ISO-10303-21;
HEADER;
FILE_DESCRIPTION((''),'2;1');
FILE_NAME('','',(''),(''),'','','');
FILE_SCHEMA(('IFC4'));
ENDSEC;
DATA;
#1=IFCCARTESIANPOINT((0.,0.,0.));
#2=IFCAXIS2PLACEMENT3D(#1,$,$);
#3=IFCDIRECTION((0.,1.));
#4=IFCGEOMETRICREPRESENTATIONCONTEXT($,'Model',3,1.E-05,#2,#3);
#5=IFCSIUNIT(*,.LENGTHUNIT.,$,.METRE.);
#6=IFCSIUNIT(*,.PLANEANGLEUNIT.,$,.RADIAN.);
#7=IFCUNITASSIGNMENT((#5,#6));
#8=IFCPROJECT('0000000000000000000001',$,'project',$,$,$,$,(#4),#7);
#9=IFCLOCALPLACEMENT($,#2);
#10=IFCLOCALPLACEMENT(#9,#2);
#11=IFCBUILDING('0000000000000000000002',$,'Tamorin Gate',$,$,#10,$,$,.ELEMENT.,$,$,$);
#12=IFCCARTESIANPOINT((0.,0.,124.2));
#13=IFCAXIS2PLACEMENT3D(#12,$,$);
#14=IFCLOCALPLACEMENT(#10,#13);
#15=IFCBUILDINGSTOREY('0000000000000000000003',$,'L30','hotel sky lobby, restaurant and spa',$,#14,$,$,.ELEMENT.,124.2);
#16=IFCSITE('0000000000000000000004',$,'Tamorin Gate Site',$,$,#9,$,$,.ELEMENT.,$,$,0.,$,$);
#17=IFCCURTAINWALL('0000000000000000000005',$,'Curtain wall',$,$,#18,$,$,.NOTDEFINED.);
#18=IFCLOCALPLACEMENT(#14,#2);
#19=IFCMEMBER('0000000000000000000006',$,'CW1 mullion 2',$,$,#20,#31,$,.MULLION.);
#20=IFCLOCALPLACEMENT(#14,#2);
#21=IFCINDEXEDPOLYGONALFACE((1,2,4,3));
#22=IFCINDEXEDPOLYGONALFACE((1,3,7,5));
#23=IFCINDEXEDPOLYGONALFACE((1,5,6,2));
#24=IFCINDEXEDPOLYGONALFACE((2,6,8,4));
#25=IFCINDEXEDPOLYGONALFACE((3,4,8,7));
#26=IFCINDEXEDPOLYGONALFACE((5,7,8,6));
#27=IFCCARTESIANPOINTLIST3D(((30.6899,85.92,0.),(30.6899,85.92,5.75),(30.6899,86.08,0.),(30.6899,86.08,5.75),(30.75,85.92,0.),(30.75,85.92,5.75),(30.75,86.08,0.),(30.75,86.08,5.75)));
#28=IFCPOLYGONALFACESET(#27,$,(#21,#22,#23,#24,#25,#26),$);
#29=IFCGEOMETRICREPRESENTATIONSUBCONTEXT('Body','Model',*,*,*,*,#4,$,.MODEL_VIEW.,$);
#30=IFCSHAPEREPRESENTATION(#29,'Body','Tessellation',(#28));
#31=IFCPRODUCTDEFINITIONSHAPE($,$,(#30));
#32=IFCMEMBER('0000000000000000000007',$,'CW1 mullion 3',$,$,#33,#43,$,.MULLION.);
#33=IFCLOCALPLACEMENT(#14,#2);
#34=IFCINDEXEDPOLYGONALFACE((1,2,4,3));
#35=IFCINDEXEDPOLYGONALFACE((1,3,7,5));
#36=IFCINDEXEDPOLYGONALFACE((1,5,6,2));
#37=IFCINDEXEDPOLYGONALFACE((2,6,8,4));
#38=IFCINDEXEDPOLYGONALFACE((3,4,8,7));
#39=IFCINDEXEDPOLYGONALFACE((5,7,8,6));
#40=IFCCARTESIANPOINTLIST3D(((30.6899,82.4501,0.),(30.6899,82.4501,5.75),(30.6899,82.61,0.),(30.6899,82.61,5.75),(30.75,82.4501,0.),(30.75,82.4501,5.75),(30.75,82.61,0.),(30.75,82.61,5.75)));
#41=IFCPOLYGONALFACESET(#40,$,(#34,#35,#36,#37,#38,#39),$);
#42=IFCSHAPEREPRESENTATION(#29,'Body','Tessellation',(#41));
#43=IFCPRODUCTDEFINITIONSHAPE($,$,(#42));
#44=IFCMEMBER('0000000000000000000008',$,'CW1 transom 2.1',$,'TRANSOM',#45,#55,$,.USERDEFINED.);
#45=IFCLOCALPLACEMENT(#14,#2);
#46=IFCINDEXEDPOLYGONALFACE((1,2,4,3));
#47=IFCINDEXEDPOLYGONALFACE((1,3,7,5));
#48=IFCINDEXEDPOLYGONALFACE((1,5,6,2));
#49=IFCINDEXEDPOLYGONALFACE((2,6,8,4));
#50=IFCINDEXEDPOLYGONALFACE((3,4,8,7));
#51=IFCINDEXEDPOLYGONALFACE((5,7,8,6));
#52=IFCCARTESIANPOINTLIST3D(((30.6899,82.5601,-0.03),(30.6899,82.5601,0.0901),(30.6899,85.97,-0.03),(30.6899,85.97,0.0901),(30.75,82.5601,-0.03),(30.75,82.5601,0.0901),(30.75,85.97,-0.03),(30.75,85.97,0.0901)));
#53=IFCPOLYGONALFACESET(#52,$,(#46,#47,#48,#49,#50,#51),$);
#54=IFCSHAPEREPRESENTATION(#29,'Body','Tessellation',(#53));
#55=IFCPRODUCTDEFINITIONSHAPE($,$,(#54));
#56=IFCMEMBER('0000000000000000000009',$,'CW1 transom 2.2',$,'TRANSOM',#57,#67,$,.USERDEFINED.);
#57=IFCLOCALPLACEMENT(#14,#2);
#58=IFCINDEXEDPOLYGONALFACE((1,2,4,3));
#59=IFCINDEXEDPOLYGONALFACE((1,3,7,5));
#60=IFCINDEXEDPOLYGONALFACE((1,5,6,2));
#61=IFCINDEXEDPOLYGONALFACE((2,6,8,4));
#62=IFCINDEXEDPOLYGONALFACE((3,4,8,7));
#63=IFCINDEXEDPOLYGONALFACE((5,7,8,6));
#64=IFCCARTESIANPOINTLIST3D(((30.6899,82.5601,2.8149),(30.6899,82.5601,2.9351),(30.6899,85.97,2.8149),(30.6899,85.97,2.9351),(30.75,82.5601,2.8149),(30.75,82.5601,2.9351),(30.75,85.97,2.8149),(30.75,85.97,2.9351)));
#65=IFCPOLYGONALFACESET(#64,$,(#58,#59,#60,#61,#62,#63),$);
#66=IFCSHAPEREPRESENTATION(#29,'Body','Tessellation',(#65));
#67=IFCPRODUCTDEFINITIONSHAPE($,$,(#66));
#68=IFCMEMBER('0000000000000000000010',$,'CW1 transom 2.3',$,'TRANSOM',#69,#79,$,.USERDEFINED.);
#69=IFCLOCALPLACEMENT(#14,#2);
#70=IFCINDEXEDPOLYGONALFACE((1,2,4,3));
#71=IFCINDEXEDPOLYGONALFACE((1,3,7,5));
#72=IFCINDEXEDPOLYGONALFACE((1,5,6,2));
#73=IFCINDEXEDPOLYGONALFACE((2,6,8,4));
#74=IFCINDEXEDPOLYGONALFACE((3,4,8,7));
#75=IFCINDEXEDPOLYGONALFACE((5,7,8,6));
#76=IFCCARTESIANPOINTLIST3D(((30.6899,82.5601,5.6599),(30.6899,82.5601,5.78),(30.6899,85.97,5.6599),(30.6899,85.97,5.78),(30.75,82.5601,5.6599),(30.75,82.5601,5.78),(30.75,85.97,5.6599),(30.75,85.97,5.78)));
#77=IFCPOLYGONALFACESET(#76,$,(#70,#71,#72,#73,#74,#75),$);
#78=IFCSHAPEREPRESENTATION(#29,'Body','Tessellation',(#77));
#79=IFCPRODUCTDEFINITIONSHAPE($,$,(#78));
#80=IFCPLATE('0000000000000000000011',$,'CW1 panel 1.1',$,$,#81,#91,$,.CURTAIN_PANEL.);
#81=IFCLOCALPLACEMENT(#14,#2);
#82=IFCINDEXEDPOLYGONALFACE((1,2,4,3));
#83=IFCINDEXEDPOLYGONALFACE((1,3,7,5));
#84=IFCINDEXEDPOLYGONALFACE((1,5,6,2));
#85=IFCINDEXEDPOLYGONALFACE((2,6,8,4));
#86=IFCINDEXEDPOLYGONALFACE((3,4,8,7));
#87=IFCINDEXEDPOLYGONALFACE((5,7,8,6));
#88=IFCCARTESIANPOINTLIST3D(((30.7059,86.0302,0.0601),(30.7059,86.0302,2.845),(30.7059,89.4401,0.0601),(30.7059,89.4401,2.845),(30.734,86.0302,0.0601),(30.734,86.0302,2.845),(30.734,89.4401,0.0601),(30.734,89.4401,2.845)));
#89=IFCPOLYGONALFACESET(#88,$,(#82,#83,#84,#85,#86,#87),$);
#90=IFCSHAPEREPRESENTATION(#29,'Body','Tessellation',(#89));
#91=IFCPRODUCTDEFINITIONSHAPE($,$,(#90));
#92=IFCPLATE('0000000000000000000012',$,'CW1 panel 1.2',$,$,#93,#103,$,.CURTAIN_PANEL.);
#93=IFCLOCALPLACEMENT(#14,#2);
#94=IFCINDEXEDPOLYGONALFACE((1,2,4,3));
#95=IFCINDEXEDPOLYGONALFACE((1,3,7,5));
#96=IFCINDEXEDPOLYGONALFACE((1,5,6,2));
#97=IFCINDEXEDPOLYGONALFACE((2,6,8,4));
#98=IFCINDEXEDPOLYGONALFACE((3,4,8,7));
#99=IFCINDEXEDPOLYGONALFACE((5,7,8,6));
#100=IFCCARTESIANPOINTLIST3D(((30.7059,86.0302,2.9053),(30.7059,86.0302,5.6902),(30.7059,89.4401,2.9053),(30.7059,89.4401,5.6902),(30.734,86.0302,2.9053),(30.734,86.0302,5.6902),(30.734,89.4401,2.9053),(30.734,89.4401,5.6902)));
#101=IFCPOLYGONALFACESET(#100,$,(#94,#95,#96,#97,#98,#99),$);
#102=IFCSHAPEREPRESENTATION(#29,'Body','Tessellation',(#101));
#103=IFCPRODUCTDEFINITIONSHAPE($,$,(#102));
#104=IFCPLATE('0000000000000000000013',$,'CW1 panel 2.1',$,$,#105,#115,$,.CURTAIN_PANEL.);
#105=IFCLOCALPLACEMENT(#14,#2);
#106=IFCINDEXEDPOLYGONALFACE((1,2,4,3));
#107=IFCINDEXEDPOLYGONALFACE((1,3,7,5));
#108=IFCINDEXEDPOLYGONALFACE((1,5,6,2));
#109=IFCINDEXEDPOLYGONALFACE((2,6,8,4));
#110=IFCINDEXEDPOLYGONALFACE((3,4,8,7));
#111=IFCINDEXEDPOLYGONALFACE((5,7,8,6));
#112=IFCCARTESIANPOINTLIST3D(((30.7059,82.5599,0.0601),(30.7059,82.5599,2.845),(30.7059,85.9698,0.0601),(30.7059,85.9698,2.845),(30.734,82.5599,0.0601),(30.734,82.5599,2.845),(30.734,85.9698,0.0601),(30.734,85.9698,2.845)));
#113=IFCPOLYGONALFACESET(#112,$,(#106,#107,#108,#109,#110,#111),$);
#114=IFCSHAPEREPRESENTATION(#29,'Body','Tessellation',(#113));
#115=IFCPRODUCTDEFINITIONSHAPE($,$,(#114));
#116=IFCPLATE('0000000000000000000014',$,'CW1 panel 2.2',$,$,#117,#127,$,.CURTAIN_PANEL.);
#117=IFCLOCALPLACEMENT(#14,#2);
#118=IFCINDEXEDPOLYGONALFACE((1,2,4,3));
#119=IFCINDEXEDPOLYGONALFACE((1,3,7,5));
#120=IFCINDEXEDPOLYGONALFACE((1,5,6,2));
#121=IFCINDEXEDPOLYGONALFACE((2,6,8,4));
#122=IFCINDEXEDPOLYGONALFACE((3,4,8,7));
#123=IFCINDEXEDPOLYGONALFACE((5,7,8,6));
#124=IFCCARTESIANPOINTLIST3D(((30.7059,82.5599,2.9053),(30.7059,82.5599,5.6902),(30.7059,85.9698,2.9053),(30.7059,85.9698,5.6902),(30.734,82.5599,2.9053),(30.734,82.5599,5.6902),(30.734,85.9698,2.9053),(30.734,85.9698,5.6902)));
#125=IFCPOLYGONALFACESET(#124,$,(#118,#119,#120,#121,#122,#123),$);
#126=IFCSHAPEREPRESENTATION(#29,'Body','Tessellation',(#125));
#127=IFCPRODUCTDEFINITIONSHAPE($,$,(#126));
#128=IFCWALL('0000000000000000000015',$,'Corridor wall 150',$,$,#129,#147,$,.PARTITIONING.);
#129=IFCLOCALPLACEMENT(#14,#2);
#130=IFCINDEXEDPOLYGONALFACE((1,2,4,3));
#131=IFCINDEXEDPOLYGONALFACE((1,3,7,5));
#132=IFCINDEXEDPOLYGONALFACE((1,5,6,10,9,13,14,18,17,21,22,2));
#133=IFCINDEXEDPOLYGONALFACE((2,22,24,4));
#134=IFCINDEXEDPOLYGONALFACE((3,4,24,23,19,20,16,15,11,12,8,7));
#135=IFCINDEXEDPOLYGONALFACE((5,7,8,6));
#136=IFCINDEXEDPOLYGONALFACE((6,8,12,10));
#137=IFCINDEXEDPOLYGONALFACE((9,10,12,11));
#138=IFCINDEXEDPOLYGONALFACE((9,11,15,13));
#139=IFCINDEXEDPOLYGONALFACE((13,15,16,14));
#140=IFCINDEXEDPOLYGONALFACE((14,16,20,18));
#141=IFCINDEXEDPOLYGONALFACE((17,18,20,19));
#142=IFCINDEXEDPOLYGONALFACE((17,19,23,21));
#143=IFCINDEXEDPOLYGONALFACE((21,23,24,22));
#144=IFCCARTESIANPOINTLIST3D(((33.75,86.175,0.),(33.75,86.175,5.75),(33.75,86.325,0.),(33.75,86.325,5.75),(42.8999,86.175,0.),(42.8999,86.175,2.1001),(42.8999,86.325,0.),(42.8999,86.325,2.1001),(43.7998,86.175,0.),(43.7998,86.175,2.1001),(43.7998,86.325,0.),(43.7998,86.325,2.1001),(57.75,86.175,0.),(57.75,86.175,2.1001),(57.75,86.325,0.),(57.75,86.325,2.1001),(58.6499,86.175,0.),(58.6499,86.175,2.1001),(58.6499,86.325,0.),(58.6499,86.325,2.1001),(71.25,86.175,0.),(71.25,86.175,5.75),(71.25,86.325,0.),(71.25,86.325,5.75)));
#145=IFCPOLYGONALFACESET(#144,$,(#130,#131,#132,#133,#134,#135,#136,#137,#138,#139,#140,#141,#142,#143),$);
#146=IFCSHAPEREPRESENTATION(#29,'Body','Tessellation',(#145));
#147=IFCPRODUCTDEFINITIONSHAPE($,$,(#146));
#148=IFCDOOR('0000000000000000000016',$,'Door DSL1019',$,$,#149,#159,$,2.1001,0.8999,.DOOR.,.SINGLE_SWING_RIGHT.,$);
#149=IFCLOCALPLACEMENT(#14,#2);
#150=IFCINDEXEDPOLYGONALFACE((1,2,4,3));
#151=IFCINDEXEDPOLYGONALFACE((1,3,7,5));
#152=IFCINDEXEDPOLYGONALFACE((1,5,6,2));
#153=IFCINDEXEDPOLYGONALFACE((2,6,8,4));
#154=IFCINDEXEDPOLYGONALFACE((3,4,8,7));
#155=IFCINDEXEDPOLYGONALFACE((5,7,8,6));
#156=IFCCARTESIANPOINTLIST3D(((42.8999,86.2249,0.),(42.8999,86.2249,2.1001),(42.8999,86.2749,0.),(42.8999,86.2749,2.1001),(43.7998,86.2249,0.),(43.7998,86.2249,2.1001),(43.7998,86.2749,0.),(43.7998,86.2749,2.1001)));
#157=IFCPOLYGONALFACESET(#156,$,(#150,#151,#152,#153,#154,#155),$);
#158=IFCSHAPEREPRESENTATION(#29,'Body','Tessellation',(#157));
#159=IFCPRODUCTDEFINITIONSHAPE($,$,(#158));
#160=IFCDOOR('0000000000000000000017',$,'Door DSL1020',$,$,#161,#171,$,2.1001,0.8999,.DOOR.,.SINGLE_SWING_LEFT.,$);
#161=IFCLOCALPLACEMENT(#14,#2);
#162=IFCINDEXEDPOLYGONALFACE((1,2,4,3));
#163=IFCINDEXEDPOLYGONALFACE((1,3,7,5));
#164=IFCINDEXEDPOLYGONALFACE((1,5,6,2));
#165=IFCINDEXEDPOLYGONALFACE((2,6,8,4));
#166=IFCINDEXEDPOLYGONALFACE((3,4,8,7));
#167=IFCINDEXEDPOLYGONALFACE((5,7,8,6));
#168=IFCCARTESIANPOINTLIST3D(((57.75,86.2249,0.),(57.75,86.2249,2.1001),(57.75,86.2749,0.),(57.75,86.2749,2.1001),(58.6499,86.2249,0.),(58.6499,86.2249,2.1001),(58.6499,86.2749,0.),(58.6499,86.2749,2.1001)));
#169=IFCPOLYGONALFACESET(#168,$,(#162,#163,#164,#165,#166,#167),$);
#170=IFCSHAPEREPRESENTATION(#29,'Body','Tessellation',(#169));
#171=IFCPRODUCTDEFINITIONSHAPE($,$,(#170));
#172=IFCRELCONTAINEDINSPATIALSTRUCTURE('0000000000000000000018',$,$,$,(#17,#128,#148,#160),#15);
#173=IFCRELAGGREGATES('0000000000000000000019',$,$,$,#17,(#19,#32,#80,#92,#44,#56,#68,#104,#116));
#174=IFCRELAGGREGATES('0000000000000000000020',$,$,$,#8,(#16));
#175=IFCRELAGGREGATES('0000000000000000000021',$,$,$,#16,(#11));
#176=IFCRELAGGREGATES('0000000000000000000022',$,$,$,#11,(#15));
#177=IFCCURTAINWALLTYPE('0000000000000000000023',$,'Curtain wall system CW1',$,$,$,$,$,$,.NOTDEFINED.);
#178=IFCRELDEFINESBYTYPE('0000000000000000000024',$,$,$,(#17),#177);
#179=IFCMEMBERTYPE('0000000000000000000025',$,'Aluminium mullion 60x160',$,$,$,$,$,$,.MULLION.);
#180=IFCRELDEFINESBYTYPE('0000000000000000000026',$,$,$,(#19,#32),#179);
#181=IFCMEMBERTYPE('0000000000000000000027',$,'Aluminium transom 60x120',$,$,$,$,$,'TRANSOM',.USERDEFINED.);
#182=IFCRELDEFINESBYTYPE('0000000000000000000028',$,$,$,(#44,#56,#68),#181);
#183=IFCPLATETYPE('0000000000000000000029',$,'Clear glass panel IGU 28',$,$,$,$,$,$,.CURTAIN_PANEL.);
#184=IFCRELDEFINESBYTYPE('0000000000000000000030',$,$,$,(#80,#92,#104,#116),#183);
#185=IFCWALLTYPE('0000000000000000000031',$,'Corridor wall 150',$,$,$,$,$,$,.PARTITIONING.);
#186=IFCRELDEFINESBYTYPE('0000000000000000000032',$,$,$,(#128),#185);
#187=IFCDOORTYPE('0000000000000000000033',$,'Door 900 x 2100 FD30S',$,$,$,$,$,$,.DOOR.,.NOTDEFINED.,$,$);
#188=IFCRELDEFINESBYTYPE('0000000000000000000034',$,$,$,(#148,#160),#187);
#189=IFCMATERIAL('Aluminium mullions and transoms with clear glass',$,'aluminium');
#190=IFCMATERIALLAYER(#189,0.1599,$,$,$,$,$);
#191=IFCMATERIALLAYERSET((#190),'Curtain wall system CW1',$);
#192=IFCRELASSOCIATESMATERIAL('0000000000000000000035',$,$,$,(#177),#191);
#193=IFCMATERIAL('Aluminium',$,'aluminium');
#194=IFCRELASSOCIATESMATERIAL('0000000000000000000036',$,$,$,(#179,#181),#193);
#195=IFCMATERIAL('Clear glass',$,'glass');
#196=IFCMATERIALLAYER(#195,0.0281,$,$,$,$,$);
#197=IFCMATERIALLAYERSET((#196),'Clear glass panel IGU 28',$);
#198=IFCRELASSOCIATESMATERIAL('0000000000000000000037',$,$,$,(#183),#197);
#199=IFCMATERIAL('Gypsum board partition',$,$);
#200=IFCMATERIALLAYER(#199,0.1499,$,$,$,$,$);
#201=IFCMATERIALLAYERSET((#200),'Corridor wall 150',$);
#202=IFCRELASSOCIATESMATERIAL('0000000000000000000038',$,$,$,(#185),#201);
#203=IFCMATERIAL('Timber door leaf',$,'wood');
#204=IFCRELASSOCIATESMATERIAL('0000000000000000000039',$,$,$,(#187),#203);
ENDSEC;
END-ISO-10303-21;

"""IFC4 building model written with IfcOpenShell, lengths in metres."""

from ifc_helpers import new_model, si_unit, direction, frame, frame_2d, origin, origin_2d, place, context, subcontext, project, spatial, rectangle, extrude, material, layer, layer_set, material_profile, profile_set, type_object, element, fill, aggregate, save


model = new_model("IFC4")

# Units and contexts
model_context = context("Model", 3, precision=1e-05, world=origin(), true_north=direction((0.0, 1.0)))
body_context = subcontext(model_context, "Body", "Model", "MODEL_VIEW")
ifc_project = project(units=[si_unit("LENGTHUNIT", "METRE"), si_unit("PLANEANGLEUNIT", "RADIAN")], contexts=[model_context])

# Site, building, storey
site_placement = place(None, origin())
site = spatial("IfcSite", under=ifc_project, at=site_placement, Name="Tamorin Gate Site", CompositionType="ELEMENT", RefElevation=0.0)
building_placement = place(site_placement, origin())
building = spatial("IfcBuilding", under=site, at=building_placement, Name="Tamorin Gate", CompositionType="ELEMENT")
storey_placement = place(building_placement, frame((0.0, 0.0, 124.2)))
storey = spatial("IfcBuildingStorey", under=building, at=storey_placement, Name="L30", Description="hotel sky lobby, restaurant and spa", CompositionType="ELEMENT", Elevation=124.2)

# Curtain wall, members, plates
ifc_material_1 = material(Name="Aluminium mullions and transoms with clear glass", Category="aluminium")
ifc_layer_1 = layer(ifc_material_1, 0.1599)
ifc_layer_set_1 = layer_set([ifc_layer_1], Name="Curtain wall system CW1")
curtain_wall_type = type_object("IfcCurtainWallType", Name="Curtain wall system CW1", PredefinedType="NOTDEFINED", material=ifc_layer_set_1)
curtain_wall_placement = place(storey_placement, origin())
curtain_wall = element("IfcCurtainWall", 1, at=curtain_wall_placement, inside=storey, type_object=curtain_wall_type, Name="Curtain wall", PredefinedType="NOTDEFINED")
ifc_material_2 = material(Name="Aluminium", Category="aluminium")
ifc_material_profile_1 = material_profile(ifc_material_2, rectangle(XDim=0.0601, YDim=0.1599, at=origin_2d()), Name="RECT 60x160")
ifc_profile_set_1 = profile_set([ifc_material_profile_1], Name="Aluminium")
member_type_1 = type_object("IfcMemberType", Name="Aluminium mullion 60x160", PredefinedType="MULLION", material=ifc_profile_set_1)
member_1_placement = place(storey_placement, frame((30.72, 86.0, 0.0), z_axis=(0.0, 0.0, 1.0), x_axis=(1.0, 0.0, 0.0)))
member_1 = element("IfcMember", 2, at=member_1_placement, type_object=member_type_1, Name="CW1 mullion 2", PredefinedType="MULLION", context=body_context, shape_type="SweptSolid", body=[
    extrude(rectangle(XDim=0.0601, YDim=0.1599, at=origin_2d()), origin(), (0.0, 0.0, 1.0), 5.75),
])
member_2_placement = place(storey_placement, frame((30.72, 82.53, 0.0), z_axis=(0.0, 0.0, 1.0), x_axis=(1.0, 0.0, 0.0)))
member_2 = element("IfcMember", 3, at=member_2_placement, type_object=member_type_1, Name="CW1 mullion 3", PredefinedType="MULLION", context=body_context, shape_type="SweptSolid", body=[
    extrude(rectangle(XDim=0.0601, YDim=0.1599, at=origin_2d()), origin(), (0.0, 0.0, 1.0), 5.75),
])
ifc_material_profile_2 = material_profile(ifc_material_2, rectangle(XDim=0.0601, YDim=0.1201, at=origin_2d()), Name="RECT 60x120")
ifc_profile_set_2 = profile_set([ifc_material_profile_2], Name="Aluminium")
member_type_2 = type_object("IfcMemberType", Name="Aluminium transom 60x120", ElementType="TRANSOM", PredefinedType="USERDEFINED", material=ifc_profile_set_2)
member_3_placement = place(storey_placement, frame((30.72, 85.97, 0.03), z_axis=(0.0, -1.0, 0.0), x_axis=(1.0, 0.0, 0.0)))
member_3 = element("IfcMember", 4, at=member_3_placement, type_object=member_type_2, Name="CW1 transom 2.1", ObjectType="TRANSOM", PredefinedType="USERDEFINED", context=body_context, shape_type="SweptSolid", body=[
    extrude(rectangle(XDim=0.0601, YDim=0.1201, at=origin_2d()), origin(), (0.0, 0.0, 1.0), 3.4099),
])
member_4_placement = place(storey_placement, frame((30.72, 85.97, 2.875), z_axis=(0.0, -1.0, 0.0), x_axis=(1.0, 0.0, 0.0)))
member_4 = element("IfcMember", 5, at=member_4_placement, type_object=member_type_2, Name="CW1 transom 2.2", ObjectType="TRANSOM", PredefinedType="USERDEFINED", context=body_context, shape_type="SweptSolid", body=[
    extrude(rectangle(XDim=0.0601, YDim=0.1201, at=origin_2d()), origin(), (0.0, 0.0, 1.0), 3.4099),
])
member_5_placement = place(storey_placement, frame((30.72, 85.97, 5.72), z_axis=(0.0, -1.0, 0.0), x_axis=(1.0, 0.0, 0.0)))
member_5 = element("IfcMember", 6, at=member_5_placement, type_object=member_type_2, Name="CW1 transom 2.3", ObjectType="TRANSOM", PredefinedType="USERDEFINED", context=body_context, shape_type="SweptSolid", body=[
    extrude(rectangle(XDim=0.0601, YDim=0.1201, at=origin_2d()), origin(), (0.0, 0.0, 1.0), 3.4099),
])
ifc_material_3 = material(Name="Clear glass", Category="glass")
ifc_layer_2 = layer(ifc_material_3, 0.0281)
ifc_layer_set_2 = layer_set([ifc_layer_2], Name="Clear glass panel IGU 28")
plate_type = type_object("IfcPlateType", Name="Clear glass panel IGU 28", PredefinedType="CURTAIN_PANEL", material=ifc_layer_set_2)
plate_1_placement = place(storey_placement, frame((30.72, 87.7351, 0.0601), z_axis=(0.0, 0.0, 1.0), x_axis=(0.0, -1.0, 0.0)))
plate_1 = element("IfcPlate", 7, at=plate_1_placement, type_object=plate_type, Name="CW1 panel 1.1", PredefinedType="CURTAIN_PANEL", context=body_context, shape_type="SweptSolid", body=[
    extrude(rectangle(XDim=3.4099, YDim=0.0281, at=origin_2d()), origin(), (0.0, 0.0, 1.0), 2.7849),
])
plate_2_placement = place(storey_placement, frame((30.72, 87.7351, 2.9053), z_axis=(0.0, 0.0, 1.0), x_axis=(0.0, -1.0, 0.0)))
plate_2 = element("IfcPlate", 8, at=plate_2_placement, type_object=plate_type, Name="CW1 panel 1.2", PredefinedType="CURTAIN_PANEL", context=body_context, shape_type="SweptSolid", body=[
    extrude(rectangle(XDim=3.4099, YDim=0.0281, at=origin_2d()), origin(), (0.0, 0.0, 1.0), 2.7849),
])
plate_3_placement = place(storey_placement, frame((30.72, 84.2649, 0.0601), z_axis=(0.0, 0.0, 1.0), x_axis=(0.0, -1.0, 0.0)))
plate_3 = element("IfcPlate", 9, at=plate_3_placement, type_object=plate_type, Name="CW1 panel 2.1", PredefinedType="CURTAIN_PANEL", context=body_context, shape_type="SweptSolid", body=[
    extrude(rectangle(XDim=3.4099, YDim=0.0281, at=origin_2d()), origin(), (0.0, 0.0, 1.0), 2.7849),
])
plate_4_placement = place(storey_placement, frame((30.72, 84.2649, 2.9053), z_axis=(0.0, 0.0, 1.0), x_axis=(0.0, -1.0, 0.0)))
plate_4 = element("IfcPlate", 10, at=plate_4_placement, type_object=plate_type, Name="CW1 panel 2.2", PredefinedType="CURTAIN_PANEL", context=body_context, shape_type="SweptSolid", body=[
    extrude(rectangle(XDim=3.4099, YDim=0.0281, at=origin_2d()), origin(), (0.0, 0.0, 1.0), 2.7849),
])
aggregate(curtain_wall, [member_1, member_2, plate_1, plate_2, member_3, member_4, member_5, plate_3, plate_4])

# Wall, openings, doors
ifc_material_4 = material(Name="Gypsum board partition")
ifc_layer_3 = layer(ifc_material_4, 0.1499)
ifc_layer_set_3 = layer_set([ifc_layer_3], Name="Corridor wall 150")
wall_type_1 = type_object("IfcWallType", Name="Corridor wall 150", PredefinedType="PARTITIONING", material=ifc_layer_set_3)
wall_1_placement = place(storey_placement, frame((33.75, 86.25, 0.0), z_axis=(0.0, 0.0, 1.0), x_axis=(1.0, 0.0, 0.0)))
wall_1 = element("IfcWall", 11, at=wall_1_placement, inside=storey, type_object=wall_type_1, Name="Corridor wall 150", PredefinedType="PARTITIONING", context=body_context, shape_type="SweptSolid", body=[
    extrude(rectangle(XDim=37.5, YDim=0.1499, at=frame_2d((18.75, 0.0))), origin(), (0.0, 0.0, 1.0), 5.75),
])
opening_1_placement = place(wall_1_placement, frame((9.1499, 0.0, 0.0)))
opening_1 = element("IfcOpeningElement", 12, at=opening_1_placement, cuts=wall_1, PredefinedType="OPENING", context=body_context, shape_type="SweptSolid", body=[
    extrude(rectangle(XDim=0.8999, YDim=2.1001, at=frame_2d((0.45, 1.05))), frame((0.0, 0.085, 0.0), z_axis=(0.0, -1.0, 0.0), x_axis=(1.0, 0.0, 0.0)), (0.0, 0.0, 1.0), 0.1699),
])
opening_2_placement = place(wall_1_placement, frame((24.0, 0.0, 0.0)))
opening_2 = element("IfcOpeningElement", 13, at=opening_2_placement, cuts=wall_1, PredefinedType="OPENING", context=body_context, shape_type="SweptSolid", body=[
    extrude(rectangle(XDim=0.8999, YDim=2.1001, at=frame_2d((0.45, 1.05))), frame((0.0, 0.085, 0.0), z_axis=(0.0, -1.0, 0.0), x_axis=(1.0, 0.0, 0.0)), (0.0, 0.0, 1.0), 0.1699),
])
ifc_material_5 = material(Name="Timber door leaf", Category="wood")
door_type_1 = type_object("IfcDoorType", Name="Door 900 x 2100 FD30S", OperationType="NOTDEFINED", PredefinedType="DOOR", material=ifc_material_5)
door_1_placement = place(opening_1_placement, origin())
door_1 = element("IfcDoor", 14, at=door_1_placement, inside=storey, type_object=door_type_1, Name="Door DSL1019", OperationType="SINGLE_SWING_RIGHT", OverallHeight=2.1001, OverallWidth=0.8999, PredefinedType="DOOR", context=body_context, shape_type="SweptSolid", body=[
    extrude(rectangle(XDim=0.8999, YDim=2.1001, at=frame_2d((0.45, 1.05))), frame((0.0, 0.0249, 0.0), z_axis=(0.0, -1.0, 0.0), x_axis=(1.0, 0.0, 0.0)), (0.0, 0.0, 1.0), 0.05),
])
fill(opening_1, door_1)
door_2_placement = place(opening_2_placement, origin())
door_2 = element("IfcDoor", 15, at=door_2_placement, inside=storey, type_object=door_type_1, Name="Door DSL1020", OperationType="SINGLE_SWING_LEFT", OverallHeight=2.1001, OverallWidth=0.8999, PredefinedType="DOOR", context=body_context, shape_type="SweptSolid", body=[
    extrude(rectangle(XDim=0.8999, YDim=2.1001, at=frame_2d((0.45, 1.05))), frame((0.0, 0.0249, 0.0), z_axis=(0.0, -1.0, 0.0), x_axis=(1.0, 0.0, 0.0)), (0.0, 0.0, 1.0), 0.05),
])
fill(opening_2, door_2)

save(model, "model.ifc")
